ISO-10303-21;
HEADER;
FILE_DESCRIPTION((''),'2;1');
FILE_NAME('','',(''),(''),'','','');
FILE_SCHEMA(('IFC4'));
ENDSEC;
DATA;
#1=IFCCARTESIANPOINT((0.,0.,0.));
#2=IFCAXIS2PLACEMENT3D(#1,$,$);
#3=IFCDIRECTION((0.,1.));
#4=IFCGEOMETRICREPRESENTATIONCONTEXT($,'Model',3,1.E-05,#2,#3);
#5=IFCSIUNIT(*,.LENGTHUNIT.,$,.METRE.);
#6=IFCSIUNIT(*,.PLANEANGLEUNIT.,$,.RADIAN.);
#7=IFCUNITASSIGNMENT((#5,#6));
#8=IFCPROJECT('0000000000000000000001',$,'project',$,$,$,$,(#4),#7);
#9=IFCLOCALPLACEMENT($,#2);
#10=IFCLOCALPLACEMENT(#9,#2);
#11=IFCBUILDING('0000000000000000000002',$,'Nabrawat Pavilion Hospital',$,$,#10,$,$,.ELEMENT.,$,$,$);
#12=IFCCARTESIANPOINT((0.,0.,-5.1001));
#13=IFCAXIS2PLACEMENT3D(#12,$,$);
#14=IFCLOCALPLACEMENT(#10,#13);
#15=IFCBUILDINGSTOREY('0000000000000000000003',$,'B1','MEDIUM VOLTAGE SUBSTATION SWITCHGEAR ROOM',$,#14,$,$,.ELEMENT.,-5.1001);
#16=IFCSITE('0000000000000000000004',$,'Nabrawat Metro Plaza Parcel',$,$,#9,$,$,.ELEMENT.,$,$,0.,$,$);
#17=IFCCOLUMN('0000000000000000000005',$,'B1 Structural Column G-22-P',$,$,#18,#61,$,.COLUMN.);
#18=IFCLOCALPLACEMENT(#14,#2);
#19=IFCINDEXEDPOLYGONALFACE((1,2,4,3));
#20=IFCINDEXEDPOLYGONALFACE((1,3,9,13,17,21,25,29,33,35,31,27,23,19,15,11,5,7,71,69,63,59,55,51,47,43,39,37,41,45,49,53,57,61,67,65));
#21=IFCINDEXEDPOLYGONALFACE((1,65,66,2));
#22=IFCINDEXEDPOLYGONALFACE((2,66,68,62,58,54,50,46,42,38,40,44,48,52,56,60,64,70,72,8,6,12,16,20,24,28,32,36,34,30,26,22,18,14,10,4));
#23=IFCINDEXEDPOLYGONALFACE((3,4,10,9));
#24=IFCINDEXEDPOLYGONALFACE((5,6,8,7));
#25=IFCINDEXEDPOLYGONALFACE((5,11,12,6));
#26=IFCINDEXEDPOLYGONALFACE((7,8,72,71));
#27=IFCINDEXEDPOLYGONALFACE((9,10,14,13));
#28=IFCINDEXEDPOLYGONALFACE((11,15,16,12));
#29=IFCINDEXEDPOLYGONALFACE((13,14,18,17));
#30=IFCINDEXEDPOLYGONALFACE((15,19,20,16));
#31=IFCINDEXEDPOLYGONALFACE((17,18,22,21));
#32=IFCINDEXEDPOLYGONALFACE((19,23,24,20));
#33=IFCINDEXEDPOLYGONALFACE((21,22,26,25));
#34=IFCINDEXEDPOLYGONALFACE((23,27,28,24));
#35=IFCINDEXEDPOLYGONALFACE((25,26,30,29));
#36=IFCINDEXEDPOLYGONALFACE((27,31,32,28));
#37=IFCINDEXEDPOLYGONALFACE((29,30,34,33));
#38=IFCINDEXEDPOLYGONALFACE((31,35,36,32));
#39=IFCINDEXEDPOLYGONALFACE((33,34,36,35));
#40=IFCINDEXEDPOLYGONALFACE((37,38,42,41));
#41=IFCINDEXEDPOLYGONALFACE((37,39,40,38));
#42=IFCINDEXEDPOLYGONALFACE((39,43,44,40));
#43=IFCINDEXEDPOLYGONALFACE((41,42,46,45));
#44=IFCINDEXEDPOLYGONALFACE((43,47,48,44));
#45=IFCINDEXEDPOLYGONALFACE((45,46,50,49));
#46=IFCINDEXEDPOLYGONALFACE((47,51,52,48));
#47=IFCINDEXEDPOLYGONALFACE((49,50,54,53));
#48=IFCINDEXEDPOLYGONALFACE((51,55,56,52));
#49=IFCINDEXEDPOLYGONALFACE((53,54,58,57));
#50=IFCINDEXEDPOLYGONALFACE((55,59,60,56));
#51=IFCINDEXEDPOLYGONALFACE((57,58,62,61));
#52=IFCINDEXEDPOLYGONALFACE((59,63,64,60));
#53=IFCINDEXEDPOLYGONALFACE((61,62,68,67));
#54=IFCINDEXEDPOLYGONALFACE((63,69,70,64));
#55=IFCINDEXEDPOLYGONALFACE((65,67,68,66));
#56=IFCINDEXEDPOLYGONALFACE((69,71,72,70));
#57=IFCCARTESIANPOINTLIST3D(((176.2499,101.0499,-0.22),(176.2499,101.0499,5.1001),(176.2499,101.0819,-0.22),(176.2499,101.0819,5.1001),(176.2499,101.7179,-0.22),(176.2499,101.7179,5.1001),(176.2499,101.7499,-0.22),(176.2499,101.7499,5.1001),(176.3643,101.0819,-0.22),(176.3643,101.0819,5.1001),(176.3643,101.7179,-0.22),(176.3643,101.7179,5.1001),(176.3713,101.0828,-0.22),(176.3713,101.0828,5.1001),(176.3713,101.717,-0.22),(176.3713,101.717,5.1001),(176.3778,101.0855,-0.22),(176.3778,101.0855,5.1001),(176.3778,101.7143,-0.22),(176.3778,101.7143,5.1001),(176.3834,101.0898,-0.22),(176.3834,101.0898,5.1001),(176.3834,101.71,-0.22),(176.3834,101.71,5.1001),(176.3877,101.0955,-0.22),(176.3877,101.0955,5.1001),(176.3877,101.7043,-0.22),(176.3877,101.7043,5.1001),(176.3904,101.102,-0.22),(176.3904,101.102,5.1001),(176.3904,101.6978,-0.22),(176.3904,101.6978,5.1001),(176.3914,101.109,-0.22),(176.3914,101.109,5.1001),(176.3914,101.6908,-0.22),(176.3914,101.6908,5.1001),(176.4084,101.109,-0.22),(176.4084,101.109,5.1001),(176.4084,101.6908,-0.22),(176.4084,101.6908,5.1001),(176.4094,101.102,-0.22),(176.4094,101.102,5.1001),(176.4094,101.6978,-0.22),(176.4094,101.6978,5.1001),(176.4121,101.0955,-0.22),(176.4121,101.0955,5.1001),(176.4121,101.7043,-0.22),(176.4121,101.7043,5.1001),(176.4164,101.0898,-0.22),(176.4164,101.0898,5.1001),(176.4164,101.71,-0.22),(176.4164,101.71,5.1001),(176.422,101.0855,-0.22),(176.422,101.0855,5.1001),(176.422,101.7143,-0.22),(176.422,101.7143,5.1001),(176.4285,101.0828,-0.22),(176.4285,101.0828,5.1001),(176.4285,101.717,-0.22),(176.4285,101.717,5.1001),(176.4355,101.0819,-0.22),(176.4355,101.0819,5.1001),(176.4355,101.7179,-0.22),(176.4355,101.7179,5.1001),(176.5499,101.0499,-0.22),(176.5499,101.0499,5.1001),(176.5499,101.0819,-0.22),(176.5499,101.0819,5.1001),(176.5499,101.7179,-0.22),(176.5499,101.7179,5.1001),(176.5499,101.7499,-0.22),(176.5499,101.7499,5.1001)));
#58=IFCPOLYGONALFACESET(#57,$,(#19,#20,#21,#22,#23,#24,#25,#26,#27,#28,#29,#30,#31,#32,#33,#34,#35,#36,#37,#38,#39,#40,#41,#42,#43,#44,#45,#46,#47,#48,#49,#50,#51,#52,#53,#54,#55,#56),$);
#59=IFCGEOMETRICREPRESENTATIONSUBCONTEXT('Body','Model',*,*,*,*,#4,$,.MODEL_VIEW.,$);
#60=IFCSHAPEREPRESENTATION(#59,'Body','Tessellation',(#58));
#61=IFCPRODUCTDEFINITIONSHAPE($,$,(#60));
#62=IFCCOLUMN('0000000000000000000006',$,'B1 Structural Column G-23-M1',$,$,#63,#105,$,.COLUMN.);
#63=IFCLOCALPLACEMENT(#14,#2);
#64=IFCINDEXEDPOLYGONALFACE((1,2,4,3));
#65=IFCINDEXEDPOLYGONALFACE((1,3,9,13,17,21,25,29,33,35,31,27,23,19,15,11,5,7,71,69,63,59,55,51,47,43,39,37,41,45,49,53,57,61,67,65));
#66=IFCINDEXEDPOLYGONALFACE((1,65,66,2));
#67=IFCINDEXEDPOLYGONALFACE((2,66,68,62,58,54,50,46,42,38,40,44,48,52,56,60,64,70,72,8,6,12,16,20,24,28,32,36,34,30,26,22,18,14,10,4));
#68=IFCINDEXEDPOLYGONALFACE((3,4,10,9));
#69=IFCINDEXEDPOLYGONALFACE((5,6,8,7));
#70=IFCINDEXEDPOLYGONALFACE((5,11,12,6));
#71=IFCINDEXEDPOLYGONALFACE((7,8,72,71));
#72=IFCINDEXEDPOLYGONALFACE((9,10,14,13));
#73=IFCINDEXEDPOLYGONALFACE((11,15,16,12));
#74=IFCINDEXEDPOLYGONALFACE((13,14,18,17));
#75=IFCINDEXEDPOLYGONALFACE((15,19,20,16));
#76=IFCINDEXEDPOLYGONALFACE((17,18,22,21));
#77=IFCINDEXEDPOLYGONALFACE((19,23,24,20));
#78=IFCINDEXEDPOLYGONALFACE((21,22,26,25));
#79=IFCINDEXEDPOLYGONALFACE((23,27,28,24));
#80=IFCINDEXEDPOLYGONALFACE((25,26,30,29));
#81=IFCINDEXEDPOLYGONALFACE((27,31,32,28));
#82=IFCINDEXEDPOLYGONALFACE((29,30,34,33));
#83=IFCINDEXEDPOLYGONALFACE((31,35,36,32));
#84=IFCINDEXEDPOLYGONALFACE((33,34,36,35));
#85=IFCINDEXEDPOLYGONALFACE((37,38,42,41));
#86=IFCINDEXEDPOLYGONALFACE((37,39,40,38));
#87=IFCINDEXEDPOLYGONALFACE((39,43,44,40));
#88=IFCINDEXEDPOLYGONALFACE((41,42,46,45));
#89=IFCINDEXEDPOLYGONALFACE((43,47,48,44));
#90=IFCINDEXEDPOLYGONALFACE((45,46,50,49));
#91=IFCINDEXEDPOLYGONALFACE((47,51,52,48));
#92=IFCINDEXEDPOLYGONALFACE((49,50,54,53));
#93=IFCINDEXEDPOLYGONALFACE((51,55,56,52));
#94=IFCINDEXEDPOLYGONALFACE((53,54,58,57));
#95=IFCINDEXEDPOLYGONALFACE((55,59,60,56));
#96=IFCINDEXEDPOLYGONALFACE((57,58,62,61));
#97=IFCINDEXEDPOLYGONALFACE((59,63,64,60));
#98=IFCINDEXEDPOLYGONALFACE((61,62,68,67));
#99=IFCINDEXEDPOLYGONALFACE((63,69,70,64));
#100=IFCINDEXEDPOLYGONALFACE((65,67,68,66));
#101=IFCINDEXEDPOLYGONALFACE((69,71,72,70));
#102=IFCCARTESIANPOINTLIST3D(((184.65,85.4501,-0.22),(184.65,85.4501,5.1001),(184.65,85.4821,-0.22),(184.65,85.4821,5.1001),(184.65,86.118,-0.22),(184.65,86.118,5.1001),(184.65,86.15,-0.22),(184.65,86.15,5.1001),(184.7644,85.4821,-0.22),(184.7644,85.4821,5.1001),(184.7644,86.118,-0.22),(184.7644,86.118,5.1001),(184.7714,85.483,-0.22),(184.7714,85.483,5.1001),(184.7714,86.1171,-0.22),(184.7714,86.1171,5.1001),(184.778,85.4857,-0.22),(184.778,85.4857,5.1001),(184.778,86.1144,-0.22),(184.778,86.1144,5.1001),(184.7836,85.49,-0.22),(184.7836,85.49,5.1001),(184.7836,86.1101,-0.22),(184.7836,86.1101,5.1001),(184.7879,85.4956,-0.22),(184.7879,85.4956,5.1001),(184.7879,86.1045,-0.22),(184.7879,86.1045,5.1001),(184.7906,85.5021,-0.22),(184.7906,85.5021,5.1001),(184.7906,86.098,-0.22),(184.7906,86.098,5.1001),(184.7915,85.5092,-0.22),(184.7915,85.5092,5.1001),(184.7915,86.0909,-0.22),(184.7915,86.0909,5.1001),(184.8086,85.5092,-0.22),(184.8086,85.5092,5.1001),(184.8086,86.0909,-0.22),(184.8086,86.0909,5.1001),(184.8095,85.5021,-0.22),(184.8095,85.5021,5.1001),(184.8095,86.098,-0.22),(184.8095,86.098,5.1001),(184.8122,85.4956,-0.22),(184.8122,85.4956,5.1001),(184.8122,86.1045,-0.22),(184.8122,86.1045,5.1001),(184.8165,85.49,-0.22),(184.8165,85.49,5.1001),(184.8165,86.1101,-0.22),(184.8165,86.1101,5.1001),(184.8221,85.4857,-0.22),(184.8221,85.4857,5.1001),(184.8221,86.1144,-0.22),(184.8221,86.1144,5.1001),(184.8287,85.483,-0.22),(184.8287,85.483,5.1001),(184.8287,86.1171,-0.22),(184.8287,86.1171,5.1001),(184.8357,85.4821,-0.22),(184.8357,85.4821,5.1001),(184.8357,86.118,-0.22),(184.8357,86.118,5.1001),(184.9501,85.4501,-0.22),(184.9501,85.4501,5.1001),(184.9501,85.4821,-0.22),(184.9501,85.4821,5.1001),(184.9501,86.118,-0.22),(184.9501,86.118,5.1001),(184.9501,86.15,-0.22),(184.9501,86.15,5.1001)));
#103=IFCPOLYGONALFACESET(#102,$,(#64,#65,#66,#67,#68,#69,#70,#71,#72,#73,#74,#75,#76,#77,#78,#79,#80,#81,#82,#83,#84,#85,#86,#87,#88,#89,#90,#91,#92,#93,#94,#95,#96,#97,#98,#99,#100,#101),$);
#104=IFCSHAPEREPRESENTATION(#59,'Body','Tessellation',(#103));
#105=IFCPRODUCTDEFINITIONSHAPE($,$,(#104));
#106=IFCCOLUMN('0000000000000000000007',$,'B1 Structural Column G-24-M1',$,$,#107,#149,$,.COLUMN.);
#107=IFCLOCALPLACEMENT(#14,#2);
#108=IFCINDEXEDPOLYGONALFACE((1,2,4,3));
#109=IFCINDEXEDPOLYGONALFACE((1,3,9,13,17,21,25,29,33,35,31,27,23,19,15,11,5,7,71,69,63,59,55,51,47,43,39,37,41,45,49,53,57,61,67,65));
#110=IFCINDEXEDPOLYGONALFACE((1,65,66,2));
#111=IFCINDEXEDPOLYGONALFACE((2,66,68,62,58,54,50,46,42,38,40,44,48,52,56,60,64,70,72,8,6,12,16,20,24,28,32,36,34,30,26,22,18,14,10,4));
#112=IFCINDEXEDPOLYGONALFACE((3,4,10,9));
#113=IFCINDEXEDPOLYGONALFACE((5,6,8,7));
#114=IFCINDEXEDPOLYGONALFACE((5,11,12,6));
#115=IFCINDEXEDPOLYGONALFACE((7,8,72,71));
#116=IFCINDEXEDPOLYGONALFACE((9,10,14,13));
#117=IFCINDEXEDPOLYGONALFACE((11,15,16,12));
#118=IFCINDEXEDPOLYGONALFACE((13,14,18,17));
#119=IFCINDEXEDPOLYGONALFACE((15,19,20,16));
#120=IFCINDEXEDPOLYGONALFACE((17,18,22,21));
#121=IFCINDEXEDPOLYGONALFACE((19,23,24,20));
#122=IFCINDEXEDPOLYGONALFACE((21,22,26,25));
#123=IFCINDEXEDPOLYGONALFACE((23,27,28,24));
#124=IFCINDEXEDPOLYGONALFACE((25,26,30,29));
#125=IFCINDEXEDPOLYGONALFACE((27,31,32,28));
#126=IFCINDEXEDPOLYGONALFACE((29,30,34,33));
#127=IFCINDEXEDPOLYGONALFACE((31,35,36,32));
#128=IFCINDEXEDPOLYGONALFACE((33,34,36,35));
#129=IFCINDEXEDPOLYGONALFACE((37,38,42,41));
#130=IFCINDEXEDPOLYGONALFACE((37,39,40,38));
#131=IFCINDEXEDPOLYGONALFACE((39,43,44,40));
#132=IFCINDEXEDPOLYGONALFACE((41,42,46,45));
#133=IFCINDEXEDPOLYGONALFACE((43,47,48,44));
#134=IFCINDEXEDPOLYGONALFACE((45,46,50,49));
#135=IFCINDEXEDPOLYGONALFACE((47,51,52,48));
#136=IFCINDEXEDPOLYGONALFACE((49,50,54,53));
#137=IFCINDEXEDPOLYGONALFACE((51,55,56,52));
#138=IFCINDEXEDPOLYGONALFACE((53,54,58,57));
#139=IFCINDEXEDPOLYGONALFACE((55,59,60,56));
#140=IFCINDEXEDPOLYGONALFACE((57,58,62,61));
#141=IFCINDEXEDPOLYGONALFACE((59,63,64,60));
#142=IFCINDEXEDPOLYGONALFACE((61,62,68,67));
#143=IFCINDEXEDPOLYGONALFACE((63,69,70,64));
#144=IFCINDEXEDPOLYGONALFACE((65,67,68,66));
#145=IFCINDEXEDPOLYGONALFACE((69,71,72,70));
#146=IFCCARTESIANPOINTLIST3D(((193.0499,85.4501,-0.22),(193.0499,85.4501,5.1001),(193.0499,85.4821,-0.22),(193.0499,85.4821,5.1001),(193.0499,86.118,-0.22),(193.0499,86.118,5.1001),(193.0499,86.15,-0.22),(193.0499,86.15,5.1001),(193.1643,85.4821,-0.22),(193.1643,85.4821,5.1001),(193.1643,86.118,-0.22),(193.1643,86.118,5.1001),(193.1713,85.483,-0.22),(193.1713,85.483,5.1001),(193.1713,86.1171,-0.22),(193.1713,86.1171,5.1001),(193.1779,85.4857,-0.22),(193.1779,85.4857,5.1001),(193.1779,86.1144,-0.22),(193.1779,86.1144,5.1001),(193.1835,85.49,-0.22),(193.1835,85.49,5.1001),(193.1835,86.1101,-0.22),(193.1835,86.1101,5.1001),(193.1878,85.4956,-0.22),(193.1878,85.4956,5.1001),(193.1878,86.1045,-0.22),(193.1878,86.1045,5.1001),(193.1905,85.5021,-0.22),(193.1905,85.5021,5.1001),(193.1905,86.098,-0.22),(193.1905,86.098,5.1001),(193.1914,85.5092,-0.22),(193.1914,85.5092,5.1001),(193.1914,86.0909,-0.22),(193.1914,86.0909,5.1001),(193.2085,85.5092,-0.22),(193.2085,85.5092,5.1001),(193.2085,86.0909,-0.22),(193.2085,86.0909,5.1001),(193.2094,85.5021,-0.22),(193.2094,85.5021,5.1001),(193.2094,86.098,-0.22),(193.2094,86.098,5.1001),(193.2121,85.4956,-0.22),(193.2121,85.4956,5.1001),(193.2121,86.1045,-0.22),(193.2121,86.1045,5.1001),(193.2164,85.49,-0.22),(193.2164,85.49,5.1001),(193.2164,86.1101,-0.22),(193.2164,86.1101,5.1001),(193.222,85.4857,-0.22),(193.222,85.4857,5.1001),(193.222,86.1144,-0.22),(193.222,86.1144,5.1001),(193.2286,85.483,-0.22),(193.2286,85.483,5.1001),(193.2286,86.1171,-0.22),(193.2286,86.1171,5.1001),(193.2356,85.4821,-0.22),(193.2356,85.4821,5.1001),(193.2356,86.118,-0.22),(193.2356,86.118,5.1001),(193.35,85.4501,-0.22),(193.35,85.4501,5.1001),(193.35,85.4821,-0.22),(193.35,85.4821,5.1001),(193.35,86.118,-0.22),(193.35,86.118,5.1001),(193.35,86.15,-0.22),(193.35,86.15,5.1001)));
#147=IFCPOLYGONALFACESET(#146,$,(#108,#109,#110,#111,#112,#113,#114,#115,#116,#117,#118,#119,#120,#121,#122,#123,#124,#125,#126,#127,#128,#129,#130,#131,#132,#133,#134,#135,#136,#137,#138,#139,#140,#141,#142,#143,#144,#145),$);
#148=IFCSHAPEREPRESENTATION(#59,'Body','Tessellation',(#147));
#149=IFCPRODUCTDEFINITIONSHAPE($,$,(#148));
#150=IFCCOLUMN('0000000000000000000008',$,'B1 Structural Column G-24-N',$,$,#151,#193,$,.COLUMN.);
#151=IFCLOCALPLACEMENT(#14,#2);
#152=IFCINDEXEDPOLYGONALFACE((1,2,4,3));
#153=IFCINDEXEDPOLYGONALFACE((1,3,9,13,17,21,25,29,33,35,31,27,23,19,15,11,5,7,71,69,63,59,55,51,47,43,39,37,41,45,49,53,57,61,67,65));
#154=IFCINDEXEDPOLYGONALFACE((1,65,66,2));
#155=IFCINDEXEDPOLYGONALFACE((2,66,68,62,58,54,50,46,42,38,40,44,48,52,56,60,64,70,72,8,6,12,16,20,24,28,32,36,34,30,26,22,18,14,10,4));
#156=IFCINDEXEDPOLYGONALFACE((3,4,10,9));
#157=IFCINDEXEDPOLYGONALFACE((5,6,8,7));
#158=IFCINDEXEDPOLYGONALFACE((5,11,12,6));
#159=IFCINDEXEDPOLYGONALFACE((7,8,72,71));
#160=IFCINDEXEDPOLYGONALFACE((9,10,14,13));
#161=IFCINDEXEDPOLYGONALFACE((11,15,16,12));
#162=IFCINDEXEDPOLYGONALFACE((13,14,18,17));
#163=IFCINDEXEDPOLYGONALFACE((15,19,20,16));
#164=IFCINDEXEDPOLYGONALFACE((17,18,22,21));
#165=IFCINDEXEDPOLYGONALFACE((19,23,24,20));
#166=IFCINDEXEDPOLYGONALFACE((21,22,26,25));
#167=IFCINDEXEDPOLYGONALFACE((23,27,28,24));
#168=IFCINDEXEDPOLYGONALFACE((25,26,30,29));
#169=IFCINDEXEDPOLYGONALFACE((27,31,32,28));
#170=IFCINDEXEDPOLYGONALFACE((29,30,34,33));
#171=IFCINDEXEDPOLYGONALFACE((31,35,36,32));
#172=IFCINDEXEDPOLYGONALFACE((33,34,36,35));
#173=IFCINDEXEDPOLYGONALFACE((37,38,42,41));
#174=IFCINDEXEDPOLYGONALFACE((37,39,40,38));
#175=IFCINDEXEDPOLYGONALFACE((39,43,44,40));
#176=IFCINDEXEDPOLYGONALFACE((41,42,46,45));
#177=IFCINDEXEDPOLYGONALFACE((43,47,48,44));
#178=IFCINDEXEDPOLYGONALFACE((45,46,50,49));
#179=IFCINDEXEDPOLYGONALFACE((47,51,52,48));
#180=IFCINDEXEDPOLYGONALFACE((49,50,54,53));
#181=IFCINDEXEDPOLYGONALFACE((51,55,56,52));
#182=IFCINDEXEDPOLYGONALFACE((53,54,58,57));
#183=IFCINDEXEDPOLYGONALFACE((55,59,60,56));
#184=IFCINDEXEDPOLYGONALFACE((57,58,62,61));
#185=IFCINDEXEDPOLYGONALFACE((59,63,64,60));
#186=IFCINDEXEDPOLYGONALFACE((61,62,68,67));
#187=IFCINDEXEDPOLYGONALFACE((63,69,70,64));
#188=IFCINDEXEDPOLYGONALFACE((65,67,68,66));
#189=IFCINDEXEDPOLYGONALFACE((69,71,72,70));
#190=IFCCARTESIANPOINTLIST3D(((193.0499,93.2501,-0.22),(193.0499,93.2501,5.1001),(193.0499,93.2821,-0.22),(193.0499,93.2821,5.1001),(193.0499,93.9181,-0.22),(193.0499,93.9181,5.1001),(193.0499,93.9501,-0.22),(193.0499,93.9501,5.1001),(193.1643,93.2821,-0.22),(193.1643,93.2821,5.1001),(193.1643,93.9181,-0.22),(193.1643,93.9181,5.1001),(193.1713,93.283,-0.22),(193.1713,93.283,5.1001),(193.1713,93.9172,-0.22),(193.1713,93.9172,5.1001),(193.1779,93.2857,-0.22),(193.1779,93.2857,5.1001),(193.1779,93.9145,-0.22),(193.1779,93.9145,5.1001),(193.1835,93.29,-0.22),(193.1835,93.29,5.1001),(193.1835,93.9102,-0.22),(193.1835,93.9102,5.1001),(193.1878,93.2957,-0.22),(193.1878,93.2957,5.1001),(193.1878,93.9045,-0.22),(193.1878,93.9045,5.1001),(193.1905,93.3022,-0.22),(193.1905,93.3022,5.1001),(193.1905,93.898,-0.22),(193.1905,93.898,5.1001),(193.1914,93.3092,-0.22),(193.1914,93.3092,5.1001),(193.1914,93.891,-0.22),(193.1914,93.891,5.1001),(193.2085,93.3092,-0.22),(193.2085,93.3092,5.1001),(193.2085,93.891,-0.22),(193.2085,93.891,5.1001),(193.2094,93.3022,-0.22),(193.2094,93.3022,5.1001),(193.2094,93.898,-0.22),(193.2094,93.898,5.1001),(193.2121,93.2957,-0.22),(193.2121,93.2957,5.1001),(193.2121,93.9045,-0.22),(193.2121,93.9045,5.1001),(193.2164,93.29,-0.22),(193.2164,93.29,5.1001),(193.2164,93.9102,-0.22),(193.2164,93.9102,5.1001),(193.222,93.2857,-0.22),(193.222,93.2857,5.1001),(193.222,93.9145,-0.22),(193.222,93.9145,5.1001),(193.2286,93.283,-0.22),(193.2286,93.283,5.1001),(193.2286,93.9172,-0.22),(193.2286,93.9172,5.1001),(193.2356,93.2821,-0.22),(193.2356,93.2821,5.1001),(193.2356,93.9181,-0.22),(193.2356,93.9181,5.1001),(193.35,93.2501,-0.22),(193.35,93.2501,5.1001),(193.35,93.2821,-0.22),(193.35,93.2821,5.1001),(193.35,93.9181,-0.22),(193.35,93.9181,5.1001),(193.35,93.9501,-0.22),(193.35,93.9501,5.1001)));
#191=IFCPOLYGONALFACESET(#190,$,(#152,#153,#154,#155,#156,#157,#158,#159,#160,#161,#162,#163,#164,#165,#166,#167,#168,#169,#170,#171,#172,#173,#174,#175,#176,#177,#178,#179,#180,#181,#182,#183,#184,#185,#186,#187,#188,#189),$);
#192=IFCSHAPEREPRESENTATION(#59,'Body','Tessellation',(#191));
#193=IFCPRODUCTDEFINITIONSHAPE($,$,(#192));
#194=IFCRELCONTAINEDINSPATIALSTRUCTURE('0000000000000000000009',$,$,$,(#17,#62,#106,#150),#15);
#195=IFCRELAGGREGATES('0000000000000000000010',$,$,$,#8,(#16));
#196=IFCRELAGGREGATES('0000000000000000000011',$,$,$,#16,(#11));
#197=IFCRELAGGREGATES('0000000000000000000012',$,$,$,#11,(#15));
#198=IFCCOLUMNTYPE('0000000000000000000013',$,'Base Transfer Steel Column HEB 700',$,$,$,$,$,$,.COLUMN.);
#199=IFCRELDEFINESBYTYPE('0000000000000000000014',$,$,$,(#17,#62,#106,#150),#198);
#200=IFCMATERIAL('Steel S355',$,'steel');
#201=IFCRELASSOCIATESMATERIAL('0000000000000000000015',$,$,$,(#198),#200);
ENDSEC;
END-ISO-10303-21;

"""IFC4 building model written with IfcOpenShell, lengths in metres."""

from ifc_helpers import new_model, si_unit, direction, frame, origin, origin_2d, place, context, subcontext, project, spatial, i_section, extrude, material, material_profile, profile_set, type_object, element, save


model = new_model("IFC4")

# Units and contexts
model_context = context("Model", 3, precision=1e-05, world=origin(), true_north=direction((0.0, 1.0)))
body_context = subcontext(model_context, "Body", "Model", "MODEL_VIEW")
ifc_project = project(units=[si_unit("LENGTHUNIT", "METRE"), si_unit("PLANEANGLEUNIT", "RADIAN")], contexts=[model_context])

# Site, building, storey
site_placement = place(None, origin())
site = spatial("IfcSite", under=ifc_project, at=site_placement, Name="Nabrawat Metro Plaza Parcel", CompositionType="ELEMENT", RefElevation=0.0)
building_placement = place(site_placement, origin())
building = spatial("IfcBuilding", under=site, at=building_placement, Name="Nabrawat Pavilion Hospital", CompositionType="ELEMENT")
storey_placement = place(building_placement, frame((0.0, 0.0, -5.1001)))
storey = spatial("IfcBuildingStorey", under=building, at=storey_placement, Name="B1", Description="MEDIUM VOLTAGE SUBSTATION SWITCHGEAR ROOM", CompositionType="ELEMENT", Elevation=-5.1001)

# Columns
ifc_material_1 = material(Name="Steel S355", Category="steel")
ifc_material_profile_1 = material_profile(ifc_material_1, i_section(OverallWidth=0.3, OverallDepth=0.7, WebThickness=0.0171, FlangeThickness=0.032, FilletRadius=0.0271, at=origin_2d()), Name="HEB 700")
ifc_profile_set_1 = profile_set([ifc_material_profile_1], Name="Steel S355")
column_type = type_object("IfcColumnType", Name="Base Transfer Steel Column HEB 700", PredefinedType="COLUMN", material=ifc_profile_set_1)
for number, where, z_axis, x_axis, name in (
    (1, (176.3999, 101.3999, -0.22), (0.0, 0.0, 1.0), (1.0, 0.0, 0.0), "B1 Structural Column G-22-P"),
    (2, (184.8, 85.8, -0.22), (0.0, 0.0, 1.0), (1.0, 0.0, 0.0), "B1 Structural Column G-23-M1"),
    (3, (193.2, 85.8, -0.22), (0.0, 0.0, 1.0), (1.0, 0.0, 0.0), "B1 Structural Column G-24-M1"),
    (4, (193.2, 93.6001, -0.22), (0.0, 0.0, 1.0), (1.0, 0.0, 0.0), "B1 Structural Column G-24-N"),
):
    element("IfcColumn", number, at=place(storey_placement, frame(where, z_axis=z_axis, x_axis=x_axis)), inside=storey, type_object=column_type, Name=name, PredefinedType="COLUMN", context=body_context, shape_type="SweptSolid", body=[
        extrude(i_section(OverallWidth=0.3, OverallDepth=0.7, WebThickness=0.0171, FlangeThickness=0.032, FilletRadius=0.0271, at=origin_2d()), origin(), (0.0, 0.0, 1.0), 5.3201),
    ])

save(model, "model.ifc")
